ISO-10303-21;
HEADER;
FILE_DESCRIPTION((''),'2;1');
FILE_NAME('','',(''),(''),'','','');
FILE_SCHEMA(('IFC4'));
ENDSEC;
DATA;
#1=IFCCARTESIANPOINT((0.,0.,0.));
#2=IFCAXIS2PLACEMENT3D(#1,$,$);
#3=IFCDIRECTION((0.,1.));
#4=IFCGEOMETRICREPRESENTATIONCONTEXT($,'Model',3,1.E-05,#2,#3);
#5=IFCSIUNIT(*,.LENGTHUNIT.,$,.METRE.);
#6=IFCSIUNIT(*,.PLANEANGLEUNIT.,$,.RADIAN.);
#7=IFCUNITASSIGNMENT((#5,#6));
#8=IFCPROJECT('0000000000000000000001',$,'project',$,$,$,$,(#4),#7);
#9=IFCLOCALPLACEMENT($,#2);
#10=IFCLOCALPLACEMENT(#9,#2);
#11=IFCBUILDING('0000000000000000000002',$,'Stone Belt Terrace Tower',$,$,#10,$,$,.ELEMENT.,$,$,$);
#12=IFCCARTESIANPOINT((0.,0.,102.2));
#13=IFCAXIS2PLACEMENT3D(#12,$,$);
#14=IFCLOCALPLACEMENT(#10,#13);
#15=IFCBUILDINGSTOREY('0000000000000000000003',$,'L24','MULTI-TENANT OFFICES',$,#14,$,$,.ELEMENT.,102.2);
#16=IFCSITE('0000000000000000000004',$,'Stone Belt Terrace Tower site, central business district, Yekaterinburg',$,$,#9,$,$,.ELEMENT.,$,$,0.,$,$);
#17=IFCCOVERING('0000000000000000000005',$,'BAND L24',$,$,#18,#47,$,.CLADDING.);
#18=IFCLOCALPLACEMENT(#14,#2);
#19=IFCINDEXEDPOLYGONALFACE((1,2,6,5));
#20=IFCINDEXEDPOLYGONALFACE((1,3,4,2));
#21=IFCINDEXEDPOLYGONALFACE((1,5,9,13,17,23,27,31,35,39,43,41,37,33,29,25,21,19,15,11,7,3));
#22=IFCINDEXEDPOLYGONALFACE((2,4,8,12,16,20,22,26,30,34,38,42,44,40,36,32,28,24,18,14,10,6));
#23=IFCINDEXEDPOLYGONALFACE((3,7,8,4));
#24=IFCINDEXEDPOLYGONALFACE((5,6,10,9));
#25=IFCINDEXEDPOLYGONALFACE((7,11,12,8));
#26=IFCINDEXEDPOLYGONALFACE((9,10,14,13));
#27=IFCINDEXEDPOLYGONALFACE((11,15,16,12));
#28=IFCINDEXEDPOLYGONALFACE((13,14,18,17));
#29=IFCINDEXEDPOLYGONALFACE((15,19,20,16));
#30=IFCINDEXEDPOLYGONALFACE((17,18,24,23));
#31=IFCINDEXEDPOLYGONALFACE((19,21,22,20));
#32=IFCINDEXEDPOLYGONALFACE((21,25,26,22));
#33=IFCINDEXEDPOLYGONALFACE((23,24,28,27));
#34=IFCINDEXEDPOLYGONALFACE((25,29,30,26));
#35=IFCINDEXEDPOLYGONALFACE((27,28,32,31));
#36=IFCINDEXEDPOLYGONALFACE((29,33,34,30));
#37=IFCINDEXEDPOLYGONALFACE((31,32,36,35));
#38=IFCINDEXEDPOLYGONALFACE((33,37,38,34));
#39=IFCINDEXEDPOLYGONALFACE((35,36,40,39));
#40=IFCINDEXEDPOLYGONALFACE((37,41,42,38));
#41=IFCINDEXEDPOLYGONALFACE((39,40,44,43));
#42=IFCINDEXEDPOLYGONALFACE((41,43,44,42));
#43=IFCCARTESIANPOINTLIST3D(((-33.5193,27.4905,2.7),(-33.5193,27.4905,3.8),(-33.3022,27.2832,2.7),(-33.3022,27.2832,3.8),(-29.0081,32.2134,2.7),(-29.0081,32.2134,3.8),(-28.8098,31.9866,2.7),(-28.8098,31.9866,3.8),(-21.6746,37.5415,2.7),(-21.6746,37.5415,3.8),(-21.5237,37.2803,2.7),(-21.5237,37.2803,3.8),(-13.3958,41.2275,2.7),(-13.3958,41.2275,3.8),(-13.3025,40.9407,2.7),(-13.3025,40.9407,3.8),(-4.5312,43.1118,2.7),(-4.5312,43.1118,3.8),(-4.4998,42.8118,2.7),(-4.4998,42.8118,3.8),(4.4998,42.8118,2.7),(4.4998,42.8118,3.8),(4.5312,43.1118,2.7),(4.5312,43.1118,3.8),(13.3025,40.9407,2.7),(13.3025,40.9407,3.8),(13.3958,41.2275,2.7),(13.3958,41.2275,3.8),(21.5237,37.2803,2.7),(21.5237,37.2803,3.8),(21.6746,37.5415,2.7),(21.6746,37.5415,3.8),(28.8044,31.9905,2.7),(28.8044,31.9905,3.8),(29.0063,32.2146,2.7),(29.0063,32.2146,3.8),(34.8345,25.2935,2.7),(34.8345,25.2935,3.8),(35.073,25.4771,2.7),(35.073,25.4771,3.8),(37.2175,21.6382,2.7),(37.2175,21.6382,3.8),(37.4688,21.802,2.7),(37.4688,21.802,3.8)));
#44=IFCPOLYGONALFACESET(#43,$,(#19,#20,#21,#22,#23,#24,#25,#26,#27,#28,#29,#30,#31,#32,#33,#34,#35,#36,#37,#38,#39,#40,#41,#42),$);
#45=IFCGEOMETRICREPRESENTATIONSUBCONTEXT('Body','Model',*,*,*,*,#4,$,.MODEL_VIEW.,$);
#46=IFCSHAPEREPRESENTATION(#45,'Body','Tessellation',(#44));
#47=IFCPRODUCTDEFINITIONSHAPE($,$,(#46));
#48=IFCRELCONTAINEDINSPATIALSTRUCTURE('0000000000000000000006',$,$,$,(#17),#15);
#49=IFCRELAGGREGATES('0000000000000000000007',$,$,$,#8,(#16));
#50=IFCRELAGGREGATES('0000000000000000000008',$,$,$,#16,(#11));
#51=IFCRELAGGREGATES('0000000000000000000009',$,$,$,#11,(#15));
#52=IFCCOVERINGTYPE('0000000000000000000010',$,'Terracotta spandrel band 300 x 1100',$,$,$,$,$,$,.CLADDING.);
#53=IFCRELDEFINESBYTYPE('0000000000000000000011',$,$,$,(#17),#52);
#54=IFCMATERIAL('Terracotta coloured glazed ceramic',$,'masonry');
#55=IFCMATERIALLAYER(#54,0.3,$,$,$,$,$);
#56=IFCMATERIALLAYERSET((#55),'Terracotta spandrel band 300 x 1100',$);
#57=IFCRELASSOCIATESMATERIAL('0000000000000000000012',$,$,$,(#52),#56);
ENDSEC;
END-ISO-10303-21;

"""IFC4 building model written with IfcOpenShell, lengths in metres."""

from ifc_helpers import new_model, si_unit, direction, frame, origin, place, context, subcontext, project, spatial, polyline, outline, extrude, material, layer, layer_set, type_object, element, save


model = new_model("IFC4")

# Units and contexts
model_context = context("Model", 3, precision=1e-05, world=origin(), true_north=direction((0.0, 1.0)))
body_context = subcontext(model_context, "Body", "Model", "MODEL_VIEW")
ifc_project = project(units=[si_unit("LENGTHUNIT", "METRE"), si_unit("PLANEANGLEUNIT", "RADIAN")], contexts=[model_context])

# Site, building, storey
site_placement = place(None, origin())
site = spatial("IfcSite", under=ifc_project, at=site_placement, Name="Stone Belt Terrace Tower site, central business district, Yekaterinburg", CompositionType="ELEMENT", RefElevation=0.0)
building_placement = place(site_placement, origin())
building = spatial("IfcBuilding", under=site, at=building_placement, Name="Stone Belt Terrace Tower", CompositionType="ELEMENT")
storey_placement = place(building_placement, frame((0.0, 0.0, 102.2)))
storey = spatial("IfcBuildingStorey", under=building, at=storey_placement, Name="L24", Description="MULTI-TENANT OFFICES", CompositionType="ELEMENT", Elevation=102.2)

# Covering
ifc_material_1 = material(Name="Terracotta coloured glazed ceramic", Category="masonry")
ifc_layer_1 = layer(ifc_material_1, 0.3)
ifc_layer_set_1 = layer_set([ifc_layer_1], Name="Terracotta spandrel band 300 x 1100")
covering_type = type_object("IfcCoveringType", Name="Terracotta spandrel band 300 x 1100", PredefinedType="CLADDING", material=ifc_layer_set_1)
covering_placement = place(storey_placement, frame((0.0, 0.0, 2.7)))
element("IfcCovering", 1, at=covering_placement, inside=storey, type_object=covering_type, Name="BAND L24", PredefinedType="CLADDING", context=body_context, shape_type="SweptSolid", body=[
    extrude(outline(polyline([(-33.5193, 27.4905), (-29.0081, 32.2134), (-21.6746, 37.5415), (-13.3958, 41.2275), (-4.5312, 43.1118), (4.5312, 43.1118), (13.3958, 41.2275), (21.6746, 37.5415), (29.0063, 32.2146), (35.073, 25.4771), (37.4688, 21.802), (37.2175, 21.6382), (34.8345, 25.2935), (28.8044, 31.9905), (21.5237, 37.2803), (13.3025, 40.9407), (4.4998, 42.8118), (-4.4998, 42.8118), (-13.3025, 40.9407), (-21.5237, 37.2803), (-28.8098, 31.9866), (-33.3022, 27.2832), (-33.5193, 27.4905)])), origin(), (0.0, 0.0, 1.0), 1.1001),
])

save(model, "model.ifc")
